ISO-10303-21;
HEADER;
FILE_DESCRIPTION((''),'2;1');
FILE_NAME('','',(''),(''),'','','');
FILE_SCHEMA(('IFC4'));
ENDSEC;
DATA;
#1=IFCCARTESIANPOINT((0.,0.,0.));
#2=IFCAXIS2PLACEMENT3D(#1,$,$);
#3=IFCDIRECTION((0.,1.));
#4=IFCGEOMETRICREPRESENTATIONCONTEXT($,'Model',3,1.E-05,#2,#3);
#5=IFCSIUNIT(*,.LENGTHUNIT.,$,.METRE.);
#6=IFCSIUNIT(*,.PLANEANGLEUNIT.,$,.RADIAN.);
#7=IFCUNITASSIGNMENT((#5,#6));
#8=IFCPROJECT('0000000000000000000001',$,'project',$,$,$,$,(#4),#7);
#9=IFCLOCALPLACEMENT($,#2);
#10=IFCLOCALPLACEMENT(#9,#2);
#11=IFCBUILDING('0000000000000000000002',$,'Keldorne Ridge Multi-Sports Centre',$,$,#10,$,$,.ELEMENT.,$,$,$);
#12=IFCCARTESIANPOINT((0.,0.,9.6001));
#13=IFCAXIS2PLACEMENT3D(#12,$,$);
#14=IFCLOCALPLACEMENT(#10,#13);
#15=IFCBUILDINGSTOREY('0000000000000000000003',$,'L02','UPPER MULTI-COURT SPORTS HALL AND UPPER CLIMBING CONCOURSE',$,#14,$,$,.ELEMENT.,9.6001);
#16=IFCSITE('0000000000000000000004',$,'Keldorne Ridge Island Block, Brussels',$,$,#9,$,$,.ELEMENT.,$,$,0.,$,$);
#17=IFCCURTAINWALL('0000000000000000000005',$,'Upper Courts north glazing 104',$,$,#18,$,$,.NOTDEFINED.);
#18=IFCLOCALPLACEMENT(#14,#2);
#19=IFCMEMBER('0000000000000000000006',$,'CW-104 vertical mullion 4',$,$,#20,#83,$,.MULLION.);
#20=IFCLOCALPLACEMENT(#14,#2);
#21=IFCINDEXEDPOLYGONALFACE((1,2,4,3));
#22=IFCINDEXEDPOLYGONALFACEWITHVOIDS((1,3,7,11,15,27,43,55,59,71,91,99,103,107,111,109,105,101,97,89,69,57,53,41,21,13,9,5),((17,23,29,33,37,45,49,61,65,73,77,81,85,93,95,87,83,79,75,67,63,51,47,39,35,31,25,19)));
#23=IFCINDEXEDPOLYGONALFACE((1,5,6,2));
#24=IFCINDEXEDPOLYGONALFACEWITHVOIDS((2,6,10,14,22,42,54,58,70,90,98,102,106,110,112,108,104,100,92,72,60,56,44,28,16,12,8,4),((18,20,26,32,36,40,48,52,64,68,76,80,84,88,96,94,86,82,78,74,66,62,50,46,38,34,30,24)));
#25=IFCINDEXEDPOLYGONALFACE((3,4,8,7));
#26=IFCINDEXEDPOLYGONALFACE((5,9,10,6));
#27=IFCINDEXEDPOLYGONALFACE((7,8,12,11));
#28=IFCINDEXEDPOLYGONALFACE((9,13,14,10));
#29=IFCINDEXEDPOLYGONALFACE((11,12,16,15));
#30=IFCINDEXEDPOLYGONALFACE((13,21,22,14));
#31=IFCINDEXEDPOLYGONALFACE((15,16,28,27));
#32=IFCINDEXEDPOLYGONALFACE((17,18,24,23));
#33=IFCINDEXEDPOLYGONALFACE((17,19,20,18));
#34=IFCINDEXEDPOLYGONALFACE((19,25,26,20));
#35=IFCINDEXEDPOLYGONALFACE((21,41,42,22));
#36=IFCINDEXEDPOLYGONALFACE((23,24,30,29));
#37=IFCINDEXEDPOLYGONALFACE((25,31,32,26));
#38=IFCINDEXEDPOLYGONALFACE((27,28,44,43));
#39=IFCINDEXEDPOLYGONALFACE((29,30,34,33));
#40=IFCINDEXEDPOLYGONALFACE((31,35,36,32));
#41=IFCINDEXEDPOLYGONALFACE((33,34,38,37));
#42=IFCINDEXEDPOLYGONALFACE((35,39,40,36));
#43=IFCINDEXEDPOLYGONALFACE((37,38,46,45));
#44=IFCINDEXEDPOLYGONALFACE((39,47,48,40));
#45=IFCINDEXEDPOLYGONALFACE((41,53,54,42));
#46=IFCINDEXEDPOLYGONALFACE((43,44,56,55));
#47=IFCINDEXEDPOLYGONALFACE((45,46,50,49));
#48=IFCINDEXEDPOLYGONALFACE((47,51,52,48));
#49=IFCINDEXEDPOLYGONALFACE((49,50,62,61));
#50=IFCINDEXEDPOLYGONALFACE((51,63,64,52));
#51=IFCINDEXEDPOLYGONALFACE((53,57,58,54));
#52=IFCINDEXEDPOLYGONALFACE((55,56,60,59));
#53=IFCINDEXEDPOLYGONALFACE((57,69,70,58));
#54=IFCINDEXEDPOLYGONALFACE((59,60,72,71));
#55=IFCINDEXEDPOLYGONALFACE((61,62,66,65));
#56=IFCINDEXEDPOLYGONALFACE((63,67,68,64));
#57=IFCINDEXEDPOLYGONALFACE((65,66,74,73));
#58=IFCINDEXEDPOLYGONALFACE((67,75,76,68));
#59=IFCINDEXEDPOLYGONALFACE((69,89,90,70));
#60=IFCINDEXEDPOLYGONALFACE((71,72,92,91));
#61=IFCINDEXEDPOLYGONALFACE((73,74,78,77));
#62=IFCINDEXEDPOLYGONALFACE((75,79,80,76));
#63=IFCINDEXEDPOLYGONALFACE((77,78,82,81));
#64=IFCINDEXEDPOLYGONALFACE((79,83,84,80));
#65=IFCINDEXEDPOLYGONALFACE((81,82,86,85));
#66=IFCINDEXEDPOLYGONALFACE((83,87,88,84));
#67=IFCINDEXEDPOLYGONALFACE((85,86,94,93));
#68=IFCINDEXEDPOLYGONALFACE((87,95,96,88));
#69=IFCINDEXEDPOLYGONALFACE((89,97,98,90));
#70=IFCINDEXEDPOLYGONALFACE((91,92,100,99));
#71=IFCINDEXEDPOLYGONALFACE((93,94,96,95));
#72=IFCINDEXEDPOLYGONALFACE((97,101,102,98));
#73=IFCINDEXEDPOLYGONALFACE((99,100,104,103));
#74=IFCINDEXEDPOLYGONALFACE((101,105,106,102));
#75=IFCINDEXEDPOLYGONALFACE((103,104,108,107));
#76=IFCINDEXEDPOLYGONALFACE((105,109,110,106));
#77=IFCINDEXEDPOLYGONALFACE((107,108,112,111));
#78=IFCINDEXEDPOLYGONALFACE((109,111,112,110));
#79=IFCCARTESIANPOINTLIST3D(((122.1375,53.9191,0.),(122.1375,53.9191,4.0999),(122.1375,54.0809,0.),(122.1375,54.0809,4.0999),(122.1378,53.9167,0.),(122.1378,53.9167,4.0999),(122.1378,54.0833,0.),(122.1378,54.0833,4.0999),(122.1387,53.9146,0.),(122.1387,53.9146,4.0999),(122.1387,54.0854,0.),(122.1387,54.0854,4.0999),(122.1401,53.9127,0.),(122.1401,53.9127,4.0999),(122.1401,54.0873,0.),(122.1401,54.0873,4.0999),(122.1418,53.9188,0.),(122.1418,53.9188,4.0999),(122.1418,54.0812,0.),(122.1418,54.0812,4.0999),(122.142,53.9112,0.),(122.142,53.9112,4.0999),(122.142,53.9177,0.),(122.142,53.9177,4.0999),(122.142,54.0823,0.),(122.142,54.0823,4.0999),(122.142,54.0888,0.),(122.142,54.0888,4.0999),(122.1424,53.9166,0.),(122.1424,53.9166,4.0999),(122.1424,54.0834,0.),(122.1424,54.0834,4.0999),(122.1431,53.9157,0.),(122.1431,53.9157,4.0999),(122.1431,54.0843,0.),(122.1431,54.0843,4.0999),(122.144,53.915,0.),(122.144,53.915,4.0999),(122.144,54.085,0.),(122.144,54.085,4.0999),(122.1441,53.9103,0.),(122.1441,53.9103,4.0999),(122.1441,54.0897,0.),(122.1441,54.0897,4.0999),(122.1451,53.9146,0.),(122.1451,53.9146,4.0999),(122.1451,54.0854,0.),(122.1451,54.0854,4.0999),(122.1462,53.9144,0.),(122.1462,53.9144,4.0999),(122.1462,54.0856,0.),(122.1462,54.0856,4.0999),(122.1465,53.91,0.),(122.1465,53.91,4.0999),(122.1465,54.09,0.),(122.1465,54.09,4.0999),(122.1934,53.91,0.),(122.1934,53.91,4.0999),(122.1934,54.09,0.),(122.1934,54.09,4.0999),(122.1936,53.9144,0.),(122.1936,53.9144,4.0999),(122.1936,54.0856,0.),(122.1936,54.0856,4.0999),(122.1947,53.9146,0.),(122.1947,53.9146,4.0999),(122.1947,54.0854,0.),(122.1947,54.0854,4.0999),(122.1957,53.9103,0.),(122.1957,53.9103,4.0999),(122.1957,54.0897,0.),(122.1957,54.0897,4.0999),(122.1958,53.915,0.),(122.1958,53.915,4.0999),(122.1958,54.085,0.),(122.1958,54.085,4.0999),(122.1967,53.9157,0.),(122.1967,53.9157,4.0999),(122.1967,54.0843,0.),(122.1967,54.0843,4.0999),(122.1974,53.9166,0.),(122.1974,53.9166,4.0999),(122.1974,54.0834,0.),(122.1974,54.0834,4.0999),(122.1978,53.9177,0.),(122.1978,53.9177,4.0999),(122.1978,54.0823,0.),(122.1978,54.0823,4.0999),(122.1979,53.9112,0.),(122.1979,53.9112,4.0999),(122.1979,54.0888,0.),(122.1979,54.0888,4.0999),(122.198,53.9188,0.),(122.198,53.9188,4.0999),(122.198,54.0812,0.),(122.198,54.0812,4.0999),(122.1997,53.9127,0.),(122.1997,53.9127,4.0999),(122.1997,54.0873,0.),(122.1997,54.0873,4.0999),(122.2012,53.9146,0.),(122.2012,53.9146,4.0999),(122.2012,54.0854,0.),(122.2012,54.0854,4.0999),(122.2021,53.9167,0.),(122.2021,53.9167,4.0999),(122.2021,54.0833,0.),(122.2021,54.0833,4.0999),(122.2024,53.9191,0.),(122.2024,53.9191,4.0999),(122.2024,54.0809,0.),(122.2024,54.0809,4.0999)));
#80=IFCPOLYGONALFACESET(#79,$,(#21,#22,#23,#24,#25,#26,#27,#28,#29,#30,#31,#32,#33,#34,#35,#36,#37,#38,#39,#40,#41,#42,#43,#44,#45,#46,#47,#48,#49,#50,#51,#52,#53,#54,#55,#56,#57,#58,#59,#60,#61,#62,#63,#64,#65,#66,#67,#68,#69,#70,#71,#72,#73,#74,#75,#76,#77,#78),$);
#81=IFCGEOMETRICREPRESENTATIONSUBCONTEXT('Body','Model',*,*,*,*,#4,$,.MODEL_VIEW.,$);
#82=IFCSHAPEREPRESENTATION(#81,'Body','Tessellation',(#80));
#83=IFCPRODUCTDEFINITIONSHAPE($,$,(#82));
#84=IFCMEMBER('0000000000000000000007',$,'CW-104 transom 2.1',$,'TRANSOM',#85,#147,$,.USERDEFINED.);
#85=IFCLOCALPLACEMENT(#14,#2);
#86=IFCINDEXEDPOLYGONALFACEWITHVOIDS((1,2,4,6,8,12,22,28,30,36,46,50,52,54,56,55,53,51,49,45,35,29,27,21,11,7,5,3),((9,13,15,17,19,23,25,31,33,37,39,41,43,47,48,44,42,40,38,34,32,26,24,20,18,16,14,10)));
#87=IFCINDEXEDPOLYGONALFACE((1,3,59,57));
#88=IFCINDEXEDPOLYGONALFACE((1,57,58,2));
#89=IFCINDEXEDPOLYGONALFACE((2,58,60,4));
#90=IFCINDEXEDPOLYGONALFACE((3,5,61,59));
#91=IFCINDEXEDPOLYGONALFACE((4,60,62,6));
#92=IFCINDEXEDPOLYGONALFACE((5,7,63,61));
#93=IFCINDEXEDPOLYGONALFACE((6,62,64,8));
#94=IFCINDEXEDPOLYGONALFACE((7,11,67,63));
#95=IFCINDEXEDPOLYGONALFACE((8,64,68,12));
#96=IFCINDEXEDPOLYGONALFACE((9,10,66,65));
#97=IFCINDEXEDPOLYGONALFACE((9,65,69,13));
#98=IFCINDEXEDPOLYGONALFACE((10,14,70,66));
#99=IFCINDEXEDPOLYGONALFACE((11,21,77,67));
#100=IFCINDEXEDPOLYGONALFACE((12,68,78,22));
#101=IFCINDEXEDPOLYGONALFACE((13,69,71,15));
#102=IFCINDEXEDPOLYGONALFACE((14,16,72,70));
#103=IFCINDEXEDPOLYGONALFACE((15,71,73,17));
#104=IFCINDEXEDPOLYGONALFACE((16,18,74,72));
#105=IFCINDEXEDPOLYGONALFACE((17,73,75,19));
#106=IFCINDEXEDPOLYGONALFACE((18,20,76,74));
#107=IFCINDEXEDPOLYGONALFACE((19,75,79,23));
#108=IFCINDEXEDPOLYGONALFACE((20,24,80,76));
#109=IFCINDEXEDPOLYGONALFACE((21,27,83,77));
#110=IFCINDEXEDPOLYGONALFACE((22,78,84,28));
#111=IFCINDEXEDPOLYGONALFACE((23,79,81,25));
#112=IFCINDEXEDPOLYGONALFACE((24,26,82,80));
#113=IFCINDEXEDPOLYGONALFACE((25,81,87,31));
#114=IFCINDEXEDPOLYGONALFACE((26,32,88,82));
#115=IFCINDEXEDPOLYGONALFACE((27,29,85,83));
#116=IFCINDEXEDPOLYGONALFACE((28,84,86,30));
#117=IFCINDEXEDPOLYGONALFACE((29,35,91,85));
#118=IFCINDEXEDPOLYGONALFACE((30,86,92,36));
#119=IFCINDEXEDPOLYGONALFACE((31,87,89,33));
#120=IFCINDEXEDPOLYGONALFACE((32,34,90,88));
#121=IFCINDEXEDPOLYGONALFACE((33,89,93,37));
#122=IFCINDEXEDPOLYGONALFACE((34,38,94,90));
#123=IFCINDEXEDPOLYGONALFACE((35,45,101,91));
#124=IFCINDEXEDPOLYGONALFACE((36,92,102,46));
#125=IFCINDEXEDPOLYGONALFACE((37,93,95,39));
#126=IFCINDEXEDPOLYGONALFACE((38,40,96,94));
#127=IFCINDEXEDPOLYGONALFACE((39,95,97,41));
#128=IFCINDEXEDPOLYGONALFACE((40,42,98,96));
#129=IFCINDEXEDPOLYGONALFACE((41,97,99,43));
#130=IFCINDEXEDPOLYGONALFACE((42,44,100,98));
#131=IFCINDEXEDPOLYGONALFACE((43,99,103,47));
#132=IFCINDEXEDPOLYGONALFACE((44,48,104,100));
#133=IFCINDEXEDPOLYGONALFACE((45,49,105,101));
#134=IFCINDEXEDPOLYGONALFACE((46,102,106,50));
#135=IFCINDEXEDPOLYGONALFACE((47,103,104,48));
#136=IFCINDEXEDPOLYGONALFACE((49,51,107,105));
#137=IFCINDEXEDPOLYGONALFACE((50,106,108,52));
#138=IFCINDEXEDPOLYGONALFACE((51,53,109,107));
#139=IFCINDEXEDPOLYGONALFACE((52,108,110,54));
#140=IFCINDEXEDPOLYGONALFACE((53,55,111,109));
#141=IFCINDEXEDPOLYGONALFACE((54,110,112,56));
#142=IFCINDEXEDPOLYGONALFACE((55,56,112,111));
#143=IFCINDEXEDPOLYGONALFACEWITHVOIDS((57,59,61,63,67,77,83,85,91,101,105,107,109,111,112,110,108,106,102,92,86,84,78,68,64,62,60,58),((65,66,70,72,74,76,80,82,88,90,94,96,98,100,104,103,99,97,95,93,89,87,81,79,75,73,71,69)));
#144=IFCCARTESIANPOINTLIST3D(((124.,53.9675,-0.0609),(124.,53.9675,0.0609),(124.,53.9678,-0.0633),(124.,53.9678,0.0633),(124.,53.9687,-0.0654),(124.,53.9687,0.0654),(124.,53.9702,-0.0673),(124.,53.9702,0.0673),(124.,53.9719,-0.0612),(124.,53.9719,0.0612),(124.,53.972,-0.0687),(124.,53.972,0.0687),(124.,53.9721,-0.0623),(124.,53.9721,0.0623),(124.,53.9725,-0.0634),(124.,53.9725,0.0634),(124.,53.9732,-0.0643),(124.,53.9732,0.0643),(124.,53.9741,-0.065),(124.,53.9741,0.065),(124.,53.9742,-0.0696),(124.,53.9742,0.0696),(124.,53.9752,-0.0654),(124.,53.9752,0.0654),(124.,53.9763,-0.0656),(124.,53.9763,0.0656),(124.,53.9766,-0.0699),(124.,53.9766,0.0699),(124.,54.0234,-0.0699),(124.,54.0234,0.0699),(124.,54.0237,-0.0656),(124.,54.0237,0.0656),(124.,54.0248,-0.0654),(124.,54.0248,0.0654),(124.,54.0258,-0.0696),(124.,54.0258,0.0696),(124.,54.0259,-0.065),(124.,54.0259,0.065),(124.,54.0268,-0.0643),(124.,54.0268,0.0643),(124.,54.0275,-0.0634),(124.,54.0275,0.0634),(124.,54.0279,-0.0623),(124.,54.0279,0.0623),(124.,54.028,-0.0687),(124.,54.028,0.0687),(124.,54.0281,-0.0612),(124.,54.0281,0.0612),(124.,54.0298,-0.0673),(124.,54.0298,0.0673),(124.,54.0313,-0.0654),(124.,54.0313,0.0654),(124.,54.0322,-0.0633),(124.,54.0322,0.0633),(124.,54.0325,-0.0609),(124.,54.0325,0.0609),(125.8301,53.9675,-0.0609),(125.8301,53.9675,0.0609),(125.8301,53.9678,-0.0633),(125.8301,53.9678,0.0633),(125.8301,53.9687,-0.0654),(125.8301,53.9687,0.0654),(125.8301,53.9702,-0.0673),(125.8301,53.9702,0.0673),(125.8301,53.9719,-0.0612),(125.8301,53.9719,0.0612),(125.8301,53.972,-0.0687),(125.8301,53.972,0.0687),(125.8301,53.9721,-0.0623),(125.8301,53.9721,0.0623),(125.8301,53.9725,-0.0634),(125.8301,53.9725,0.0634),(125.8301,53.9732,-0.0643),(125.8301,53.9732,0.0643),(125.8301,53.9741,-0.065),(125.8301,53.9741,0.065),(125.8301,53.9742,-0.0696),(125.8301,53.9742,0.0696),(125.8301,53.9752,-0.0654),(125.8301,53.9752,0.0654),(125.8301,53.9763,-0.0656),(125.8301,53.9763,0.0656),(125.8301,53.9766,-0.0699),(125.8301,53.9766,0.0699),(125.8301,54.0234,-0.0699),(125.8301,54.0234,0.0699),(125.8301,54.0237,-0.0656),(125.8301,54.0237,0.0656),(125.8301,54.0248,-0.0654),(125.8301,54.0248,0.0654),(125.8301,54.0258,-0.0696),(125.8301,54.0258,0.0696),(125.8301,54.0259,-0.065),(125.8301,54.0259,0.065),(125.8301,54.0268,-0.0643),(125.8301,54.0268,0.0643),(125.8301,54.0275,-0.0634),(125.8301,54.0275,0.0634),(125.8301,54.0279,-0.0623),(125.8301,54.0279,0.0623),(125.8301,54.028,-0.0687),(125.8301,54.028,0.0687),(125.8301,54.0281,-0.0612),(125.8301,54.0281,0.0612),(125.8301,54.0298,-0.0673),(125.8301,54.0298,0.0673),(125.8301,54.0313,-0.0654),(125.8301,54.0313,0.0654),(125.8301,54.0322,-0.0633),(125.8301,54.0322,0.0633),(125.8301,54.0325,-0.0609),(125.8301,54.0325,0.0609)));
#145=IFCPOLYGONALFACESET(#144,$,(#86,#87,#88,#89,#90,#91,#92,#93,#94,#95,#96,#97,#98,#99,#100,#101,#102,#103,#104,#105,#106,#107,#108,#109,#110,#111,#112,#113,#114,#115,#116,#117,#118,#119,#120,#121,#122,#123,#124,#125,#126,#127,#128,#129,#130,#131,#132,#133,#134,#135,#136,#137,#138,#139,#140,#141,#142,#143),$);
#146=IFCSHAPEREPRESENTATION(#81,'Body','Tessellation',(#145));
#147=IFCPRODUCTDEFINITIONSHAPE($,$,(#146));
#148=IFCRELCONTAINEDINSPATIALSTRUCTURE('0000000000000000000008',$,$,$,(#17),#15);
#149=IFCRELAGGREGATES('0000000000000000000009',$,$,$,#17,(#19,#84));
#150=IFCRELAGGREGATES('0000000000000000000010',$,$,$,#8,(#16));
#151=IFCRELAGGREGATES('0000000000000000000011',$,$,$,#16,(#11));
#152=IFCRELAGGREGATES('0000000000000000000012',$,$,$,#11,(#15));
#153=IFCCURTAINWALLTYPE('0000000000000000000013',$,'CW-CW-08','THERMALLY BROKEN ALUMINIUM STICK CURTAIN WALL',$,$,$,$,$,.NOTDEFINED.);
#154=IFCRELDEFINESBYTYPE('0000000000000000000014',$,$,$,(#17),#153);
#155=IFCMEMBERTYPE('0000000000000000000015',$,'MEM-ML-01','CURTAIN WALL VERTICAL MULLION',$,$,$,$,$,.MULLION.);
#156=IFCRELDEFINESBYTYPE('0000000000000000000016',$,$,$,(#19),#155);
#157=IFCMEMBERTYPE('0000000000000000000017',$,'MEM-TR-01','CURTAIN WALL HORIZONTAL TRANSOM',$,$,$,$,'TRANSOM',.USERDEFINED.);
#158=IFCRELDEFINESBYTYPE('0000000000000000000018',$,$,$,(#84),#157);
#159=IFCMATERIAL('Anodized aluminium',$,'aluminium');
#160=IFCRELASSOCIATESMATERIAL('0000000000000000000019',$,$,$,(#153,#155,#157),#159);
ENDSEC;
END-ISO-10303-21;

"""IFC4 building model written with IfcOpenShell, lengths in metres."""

from ifc_helpers import new_model, si_unit, direction, frame, origin, origin_2d, place, context, subcontext, project, spatial, hollow_rectangle, extrude, material, material_profile, profile_set, type_object, element, aggregate, save


model = new_model("IFC4")

# Units and contexts
model_context = context("Model", 3, precision=1e-05, world=origin(), true_north=direction((0.0, 1.0)))
body_context = subcontext(model_context, "Body", "Model", "MODEL_VIEW")
ifc_project = project(units=[si_unit("LENGTHUNIT", "METRE"), si_unit("PLANEANGLEUNIT", "RADIAN")], contexts=[model_context])

# Site, building, storey
site_placement = place(None, origin())
site = spatial("IfcSite", under=ifc_project, at=site_placement, Name="Keldorne Ridge Island Block, Brussels", CompositionType="ELEMENT", RefElevation=0.0)
building_placement = place(site_placement, origin())
building = spatial("IfcBuilding", under=site, at=building_placement, Name="Keldorne Ridge Multi-Sports Centre", CompositionType="ELEMENT")
storey_placement = place(building_placement, frame((0.0, 0.0, 9.6001)))
storey = spatial("IfcBuildingStorey", under=building, at=storey_placement, Name="L02", Description="UPPER MULTI-COURT SPORTS HALL AND UPPER CLIMBING CONCOURSE", CompositionType="ELEMENT", Elevation=9.6001)

# Curtain wall, members
ifc_material_1 = material(Name="Anodized aluminium", Category="aluminium")
curtain_wall_type = type_object("IfcCurtainWallType", Name="CW-CW-08", Description="THERMALLY BROKEN ALUMINIUM STICK CURTAIN WALL", PredefinedType="NOTDEFINED", material=ifc_material_1)
curtain_wall_placement = place(storey_placement, origin())
curtain_wall = element("IfcCurtainWall", 1, at=curtain_wall_placement, inside=storey, type_object=curtain_wall_type, Name="Upper Courts north glazing 104", PredefinedType="NOTDEFINED")
ifc_material_profile_1 = material_profile(ifc_material_1, hollow_rectangle(XDim=0.0649, YDim=0.1799, WallThickness=0.0044, InnerFilletRadius=0.0044, OuterFilletRadius=0.009, at=origin_2d()), Name="ALU MULLION 180x65x4.5")
ifc_profile_set_1 = profile_set([ifc_material_profile_1], Name="Anodized aluminium")
member_type_1 = type_object("IfcMemberType", Name="MEM-ML-01", Description="CURTAIN WALL VERTICAL MULLION", PredefinedType="MULLION", material=ifc_profile_set_1)
member_1_placement = place(storey_placement, frame((122.1699, 54.0, 0.0), z_axis=(0.0, 0.0, 1.0), x_axis=(1.0, 0.0, 0.0)))
member_1 = element("IfcMember", 2, at=member_1_placement, type_object=member_type_1, Name="CW-104 vertical mullion 4", PredefinedType="MULLION", context=body_context, shape_type="SweptSolid", body=[
    extrude(hollow_rectangle(XDim=0.0649, YDim=0.1799, WallThickness=0.0044, InnerFilletRadius=0.0044, OuterFilletRadius=0.009, at=origin_2d()), origin(), (0.0, 0.0, 1.0), 4.0999),
])
ifc_material_profile_2 = material_profile(ifc_material_1, hollow_rectangle(XDim=0.0649, YDim=0.1399, WallThickness=0.0044, InnerFilletRadius=0.0044, OuterFilletRadius=0.009, at=origin_2d()), Name="ALU TRANSOM 140x65x4.5")
ifc_profile_set_2 = profile_set([ifc_material_profile_2], Name="Anodized aluminium")
member_type_2 = type_object("IfcMemberType", Name="MEM-TR-01", Description="CURTAIN WALL HORIZONTAL TRANSOM", ElementType="TRANSOM", PredefinedType="USERDEFINED", material=ifc_profile_set_2)
member_2_placement = place(storey_placement, frame((125.8301, 54.0, 0.0), z_axis=(-1.0, 0.0, 0.0), x_axis=(0.0, -1.0, 0.0)))
member_2 = element("IfcMember", 3, at=member_2_placement, type_object=member_type_2, Name="CW-104 transom 2.1", ObjectType="TRANSOM", PredefinedType="USERDEFINED", context=body_context, shape_type="SweptSolid", body=[
    extrude(hollow_rectangle(XDim=0.0649, YDim=0.1399, WallThickness=0.0044, InnerFilletRadius=0.0044, OuterFilletRadius=0.009, at=origin_2d()), origin(), (0.0, 0.0, 1.0), 1.8301),
])
aggregate(curtain_wall, [member_1, member_2])

save(model, "model.ifc")
